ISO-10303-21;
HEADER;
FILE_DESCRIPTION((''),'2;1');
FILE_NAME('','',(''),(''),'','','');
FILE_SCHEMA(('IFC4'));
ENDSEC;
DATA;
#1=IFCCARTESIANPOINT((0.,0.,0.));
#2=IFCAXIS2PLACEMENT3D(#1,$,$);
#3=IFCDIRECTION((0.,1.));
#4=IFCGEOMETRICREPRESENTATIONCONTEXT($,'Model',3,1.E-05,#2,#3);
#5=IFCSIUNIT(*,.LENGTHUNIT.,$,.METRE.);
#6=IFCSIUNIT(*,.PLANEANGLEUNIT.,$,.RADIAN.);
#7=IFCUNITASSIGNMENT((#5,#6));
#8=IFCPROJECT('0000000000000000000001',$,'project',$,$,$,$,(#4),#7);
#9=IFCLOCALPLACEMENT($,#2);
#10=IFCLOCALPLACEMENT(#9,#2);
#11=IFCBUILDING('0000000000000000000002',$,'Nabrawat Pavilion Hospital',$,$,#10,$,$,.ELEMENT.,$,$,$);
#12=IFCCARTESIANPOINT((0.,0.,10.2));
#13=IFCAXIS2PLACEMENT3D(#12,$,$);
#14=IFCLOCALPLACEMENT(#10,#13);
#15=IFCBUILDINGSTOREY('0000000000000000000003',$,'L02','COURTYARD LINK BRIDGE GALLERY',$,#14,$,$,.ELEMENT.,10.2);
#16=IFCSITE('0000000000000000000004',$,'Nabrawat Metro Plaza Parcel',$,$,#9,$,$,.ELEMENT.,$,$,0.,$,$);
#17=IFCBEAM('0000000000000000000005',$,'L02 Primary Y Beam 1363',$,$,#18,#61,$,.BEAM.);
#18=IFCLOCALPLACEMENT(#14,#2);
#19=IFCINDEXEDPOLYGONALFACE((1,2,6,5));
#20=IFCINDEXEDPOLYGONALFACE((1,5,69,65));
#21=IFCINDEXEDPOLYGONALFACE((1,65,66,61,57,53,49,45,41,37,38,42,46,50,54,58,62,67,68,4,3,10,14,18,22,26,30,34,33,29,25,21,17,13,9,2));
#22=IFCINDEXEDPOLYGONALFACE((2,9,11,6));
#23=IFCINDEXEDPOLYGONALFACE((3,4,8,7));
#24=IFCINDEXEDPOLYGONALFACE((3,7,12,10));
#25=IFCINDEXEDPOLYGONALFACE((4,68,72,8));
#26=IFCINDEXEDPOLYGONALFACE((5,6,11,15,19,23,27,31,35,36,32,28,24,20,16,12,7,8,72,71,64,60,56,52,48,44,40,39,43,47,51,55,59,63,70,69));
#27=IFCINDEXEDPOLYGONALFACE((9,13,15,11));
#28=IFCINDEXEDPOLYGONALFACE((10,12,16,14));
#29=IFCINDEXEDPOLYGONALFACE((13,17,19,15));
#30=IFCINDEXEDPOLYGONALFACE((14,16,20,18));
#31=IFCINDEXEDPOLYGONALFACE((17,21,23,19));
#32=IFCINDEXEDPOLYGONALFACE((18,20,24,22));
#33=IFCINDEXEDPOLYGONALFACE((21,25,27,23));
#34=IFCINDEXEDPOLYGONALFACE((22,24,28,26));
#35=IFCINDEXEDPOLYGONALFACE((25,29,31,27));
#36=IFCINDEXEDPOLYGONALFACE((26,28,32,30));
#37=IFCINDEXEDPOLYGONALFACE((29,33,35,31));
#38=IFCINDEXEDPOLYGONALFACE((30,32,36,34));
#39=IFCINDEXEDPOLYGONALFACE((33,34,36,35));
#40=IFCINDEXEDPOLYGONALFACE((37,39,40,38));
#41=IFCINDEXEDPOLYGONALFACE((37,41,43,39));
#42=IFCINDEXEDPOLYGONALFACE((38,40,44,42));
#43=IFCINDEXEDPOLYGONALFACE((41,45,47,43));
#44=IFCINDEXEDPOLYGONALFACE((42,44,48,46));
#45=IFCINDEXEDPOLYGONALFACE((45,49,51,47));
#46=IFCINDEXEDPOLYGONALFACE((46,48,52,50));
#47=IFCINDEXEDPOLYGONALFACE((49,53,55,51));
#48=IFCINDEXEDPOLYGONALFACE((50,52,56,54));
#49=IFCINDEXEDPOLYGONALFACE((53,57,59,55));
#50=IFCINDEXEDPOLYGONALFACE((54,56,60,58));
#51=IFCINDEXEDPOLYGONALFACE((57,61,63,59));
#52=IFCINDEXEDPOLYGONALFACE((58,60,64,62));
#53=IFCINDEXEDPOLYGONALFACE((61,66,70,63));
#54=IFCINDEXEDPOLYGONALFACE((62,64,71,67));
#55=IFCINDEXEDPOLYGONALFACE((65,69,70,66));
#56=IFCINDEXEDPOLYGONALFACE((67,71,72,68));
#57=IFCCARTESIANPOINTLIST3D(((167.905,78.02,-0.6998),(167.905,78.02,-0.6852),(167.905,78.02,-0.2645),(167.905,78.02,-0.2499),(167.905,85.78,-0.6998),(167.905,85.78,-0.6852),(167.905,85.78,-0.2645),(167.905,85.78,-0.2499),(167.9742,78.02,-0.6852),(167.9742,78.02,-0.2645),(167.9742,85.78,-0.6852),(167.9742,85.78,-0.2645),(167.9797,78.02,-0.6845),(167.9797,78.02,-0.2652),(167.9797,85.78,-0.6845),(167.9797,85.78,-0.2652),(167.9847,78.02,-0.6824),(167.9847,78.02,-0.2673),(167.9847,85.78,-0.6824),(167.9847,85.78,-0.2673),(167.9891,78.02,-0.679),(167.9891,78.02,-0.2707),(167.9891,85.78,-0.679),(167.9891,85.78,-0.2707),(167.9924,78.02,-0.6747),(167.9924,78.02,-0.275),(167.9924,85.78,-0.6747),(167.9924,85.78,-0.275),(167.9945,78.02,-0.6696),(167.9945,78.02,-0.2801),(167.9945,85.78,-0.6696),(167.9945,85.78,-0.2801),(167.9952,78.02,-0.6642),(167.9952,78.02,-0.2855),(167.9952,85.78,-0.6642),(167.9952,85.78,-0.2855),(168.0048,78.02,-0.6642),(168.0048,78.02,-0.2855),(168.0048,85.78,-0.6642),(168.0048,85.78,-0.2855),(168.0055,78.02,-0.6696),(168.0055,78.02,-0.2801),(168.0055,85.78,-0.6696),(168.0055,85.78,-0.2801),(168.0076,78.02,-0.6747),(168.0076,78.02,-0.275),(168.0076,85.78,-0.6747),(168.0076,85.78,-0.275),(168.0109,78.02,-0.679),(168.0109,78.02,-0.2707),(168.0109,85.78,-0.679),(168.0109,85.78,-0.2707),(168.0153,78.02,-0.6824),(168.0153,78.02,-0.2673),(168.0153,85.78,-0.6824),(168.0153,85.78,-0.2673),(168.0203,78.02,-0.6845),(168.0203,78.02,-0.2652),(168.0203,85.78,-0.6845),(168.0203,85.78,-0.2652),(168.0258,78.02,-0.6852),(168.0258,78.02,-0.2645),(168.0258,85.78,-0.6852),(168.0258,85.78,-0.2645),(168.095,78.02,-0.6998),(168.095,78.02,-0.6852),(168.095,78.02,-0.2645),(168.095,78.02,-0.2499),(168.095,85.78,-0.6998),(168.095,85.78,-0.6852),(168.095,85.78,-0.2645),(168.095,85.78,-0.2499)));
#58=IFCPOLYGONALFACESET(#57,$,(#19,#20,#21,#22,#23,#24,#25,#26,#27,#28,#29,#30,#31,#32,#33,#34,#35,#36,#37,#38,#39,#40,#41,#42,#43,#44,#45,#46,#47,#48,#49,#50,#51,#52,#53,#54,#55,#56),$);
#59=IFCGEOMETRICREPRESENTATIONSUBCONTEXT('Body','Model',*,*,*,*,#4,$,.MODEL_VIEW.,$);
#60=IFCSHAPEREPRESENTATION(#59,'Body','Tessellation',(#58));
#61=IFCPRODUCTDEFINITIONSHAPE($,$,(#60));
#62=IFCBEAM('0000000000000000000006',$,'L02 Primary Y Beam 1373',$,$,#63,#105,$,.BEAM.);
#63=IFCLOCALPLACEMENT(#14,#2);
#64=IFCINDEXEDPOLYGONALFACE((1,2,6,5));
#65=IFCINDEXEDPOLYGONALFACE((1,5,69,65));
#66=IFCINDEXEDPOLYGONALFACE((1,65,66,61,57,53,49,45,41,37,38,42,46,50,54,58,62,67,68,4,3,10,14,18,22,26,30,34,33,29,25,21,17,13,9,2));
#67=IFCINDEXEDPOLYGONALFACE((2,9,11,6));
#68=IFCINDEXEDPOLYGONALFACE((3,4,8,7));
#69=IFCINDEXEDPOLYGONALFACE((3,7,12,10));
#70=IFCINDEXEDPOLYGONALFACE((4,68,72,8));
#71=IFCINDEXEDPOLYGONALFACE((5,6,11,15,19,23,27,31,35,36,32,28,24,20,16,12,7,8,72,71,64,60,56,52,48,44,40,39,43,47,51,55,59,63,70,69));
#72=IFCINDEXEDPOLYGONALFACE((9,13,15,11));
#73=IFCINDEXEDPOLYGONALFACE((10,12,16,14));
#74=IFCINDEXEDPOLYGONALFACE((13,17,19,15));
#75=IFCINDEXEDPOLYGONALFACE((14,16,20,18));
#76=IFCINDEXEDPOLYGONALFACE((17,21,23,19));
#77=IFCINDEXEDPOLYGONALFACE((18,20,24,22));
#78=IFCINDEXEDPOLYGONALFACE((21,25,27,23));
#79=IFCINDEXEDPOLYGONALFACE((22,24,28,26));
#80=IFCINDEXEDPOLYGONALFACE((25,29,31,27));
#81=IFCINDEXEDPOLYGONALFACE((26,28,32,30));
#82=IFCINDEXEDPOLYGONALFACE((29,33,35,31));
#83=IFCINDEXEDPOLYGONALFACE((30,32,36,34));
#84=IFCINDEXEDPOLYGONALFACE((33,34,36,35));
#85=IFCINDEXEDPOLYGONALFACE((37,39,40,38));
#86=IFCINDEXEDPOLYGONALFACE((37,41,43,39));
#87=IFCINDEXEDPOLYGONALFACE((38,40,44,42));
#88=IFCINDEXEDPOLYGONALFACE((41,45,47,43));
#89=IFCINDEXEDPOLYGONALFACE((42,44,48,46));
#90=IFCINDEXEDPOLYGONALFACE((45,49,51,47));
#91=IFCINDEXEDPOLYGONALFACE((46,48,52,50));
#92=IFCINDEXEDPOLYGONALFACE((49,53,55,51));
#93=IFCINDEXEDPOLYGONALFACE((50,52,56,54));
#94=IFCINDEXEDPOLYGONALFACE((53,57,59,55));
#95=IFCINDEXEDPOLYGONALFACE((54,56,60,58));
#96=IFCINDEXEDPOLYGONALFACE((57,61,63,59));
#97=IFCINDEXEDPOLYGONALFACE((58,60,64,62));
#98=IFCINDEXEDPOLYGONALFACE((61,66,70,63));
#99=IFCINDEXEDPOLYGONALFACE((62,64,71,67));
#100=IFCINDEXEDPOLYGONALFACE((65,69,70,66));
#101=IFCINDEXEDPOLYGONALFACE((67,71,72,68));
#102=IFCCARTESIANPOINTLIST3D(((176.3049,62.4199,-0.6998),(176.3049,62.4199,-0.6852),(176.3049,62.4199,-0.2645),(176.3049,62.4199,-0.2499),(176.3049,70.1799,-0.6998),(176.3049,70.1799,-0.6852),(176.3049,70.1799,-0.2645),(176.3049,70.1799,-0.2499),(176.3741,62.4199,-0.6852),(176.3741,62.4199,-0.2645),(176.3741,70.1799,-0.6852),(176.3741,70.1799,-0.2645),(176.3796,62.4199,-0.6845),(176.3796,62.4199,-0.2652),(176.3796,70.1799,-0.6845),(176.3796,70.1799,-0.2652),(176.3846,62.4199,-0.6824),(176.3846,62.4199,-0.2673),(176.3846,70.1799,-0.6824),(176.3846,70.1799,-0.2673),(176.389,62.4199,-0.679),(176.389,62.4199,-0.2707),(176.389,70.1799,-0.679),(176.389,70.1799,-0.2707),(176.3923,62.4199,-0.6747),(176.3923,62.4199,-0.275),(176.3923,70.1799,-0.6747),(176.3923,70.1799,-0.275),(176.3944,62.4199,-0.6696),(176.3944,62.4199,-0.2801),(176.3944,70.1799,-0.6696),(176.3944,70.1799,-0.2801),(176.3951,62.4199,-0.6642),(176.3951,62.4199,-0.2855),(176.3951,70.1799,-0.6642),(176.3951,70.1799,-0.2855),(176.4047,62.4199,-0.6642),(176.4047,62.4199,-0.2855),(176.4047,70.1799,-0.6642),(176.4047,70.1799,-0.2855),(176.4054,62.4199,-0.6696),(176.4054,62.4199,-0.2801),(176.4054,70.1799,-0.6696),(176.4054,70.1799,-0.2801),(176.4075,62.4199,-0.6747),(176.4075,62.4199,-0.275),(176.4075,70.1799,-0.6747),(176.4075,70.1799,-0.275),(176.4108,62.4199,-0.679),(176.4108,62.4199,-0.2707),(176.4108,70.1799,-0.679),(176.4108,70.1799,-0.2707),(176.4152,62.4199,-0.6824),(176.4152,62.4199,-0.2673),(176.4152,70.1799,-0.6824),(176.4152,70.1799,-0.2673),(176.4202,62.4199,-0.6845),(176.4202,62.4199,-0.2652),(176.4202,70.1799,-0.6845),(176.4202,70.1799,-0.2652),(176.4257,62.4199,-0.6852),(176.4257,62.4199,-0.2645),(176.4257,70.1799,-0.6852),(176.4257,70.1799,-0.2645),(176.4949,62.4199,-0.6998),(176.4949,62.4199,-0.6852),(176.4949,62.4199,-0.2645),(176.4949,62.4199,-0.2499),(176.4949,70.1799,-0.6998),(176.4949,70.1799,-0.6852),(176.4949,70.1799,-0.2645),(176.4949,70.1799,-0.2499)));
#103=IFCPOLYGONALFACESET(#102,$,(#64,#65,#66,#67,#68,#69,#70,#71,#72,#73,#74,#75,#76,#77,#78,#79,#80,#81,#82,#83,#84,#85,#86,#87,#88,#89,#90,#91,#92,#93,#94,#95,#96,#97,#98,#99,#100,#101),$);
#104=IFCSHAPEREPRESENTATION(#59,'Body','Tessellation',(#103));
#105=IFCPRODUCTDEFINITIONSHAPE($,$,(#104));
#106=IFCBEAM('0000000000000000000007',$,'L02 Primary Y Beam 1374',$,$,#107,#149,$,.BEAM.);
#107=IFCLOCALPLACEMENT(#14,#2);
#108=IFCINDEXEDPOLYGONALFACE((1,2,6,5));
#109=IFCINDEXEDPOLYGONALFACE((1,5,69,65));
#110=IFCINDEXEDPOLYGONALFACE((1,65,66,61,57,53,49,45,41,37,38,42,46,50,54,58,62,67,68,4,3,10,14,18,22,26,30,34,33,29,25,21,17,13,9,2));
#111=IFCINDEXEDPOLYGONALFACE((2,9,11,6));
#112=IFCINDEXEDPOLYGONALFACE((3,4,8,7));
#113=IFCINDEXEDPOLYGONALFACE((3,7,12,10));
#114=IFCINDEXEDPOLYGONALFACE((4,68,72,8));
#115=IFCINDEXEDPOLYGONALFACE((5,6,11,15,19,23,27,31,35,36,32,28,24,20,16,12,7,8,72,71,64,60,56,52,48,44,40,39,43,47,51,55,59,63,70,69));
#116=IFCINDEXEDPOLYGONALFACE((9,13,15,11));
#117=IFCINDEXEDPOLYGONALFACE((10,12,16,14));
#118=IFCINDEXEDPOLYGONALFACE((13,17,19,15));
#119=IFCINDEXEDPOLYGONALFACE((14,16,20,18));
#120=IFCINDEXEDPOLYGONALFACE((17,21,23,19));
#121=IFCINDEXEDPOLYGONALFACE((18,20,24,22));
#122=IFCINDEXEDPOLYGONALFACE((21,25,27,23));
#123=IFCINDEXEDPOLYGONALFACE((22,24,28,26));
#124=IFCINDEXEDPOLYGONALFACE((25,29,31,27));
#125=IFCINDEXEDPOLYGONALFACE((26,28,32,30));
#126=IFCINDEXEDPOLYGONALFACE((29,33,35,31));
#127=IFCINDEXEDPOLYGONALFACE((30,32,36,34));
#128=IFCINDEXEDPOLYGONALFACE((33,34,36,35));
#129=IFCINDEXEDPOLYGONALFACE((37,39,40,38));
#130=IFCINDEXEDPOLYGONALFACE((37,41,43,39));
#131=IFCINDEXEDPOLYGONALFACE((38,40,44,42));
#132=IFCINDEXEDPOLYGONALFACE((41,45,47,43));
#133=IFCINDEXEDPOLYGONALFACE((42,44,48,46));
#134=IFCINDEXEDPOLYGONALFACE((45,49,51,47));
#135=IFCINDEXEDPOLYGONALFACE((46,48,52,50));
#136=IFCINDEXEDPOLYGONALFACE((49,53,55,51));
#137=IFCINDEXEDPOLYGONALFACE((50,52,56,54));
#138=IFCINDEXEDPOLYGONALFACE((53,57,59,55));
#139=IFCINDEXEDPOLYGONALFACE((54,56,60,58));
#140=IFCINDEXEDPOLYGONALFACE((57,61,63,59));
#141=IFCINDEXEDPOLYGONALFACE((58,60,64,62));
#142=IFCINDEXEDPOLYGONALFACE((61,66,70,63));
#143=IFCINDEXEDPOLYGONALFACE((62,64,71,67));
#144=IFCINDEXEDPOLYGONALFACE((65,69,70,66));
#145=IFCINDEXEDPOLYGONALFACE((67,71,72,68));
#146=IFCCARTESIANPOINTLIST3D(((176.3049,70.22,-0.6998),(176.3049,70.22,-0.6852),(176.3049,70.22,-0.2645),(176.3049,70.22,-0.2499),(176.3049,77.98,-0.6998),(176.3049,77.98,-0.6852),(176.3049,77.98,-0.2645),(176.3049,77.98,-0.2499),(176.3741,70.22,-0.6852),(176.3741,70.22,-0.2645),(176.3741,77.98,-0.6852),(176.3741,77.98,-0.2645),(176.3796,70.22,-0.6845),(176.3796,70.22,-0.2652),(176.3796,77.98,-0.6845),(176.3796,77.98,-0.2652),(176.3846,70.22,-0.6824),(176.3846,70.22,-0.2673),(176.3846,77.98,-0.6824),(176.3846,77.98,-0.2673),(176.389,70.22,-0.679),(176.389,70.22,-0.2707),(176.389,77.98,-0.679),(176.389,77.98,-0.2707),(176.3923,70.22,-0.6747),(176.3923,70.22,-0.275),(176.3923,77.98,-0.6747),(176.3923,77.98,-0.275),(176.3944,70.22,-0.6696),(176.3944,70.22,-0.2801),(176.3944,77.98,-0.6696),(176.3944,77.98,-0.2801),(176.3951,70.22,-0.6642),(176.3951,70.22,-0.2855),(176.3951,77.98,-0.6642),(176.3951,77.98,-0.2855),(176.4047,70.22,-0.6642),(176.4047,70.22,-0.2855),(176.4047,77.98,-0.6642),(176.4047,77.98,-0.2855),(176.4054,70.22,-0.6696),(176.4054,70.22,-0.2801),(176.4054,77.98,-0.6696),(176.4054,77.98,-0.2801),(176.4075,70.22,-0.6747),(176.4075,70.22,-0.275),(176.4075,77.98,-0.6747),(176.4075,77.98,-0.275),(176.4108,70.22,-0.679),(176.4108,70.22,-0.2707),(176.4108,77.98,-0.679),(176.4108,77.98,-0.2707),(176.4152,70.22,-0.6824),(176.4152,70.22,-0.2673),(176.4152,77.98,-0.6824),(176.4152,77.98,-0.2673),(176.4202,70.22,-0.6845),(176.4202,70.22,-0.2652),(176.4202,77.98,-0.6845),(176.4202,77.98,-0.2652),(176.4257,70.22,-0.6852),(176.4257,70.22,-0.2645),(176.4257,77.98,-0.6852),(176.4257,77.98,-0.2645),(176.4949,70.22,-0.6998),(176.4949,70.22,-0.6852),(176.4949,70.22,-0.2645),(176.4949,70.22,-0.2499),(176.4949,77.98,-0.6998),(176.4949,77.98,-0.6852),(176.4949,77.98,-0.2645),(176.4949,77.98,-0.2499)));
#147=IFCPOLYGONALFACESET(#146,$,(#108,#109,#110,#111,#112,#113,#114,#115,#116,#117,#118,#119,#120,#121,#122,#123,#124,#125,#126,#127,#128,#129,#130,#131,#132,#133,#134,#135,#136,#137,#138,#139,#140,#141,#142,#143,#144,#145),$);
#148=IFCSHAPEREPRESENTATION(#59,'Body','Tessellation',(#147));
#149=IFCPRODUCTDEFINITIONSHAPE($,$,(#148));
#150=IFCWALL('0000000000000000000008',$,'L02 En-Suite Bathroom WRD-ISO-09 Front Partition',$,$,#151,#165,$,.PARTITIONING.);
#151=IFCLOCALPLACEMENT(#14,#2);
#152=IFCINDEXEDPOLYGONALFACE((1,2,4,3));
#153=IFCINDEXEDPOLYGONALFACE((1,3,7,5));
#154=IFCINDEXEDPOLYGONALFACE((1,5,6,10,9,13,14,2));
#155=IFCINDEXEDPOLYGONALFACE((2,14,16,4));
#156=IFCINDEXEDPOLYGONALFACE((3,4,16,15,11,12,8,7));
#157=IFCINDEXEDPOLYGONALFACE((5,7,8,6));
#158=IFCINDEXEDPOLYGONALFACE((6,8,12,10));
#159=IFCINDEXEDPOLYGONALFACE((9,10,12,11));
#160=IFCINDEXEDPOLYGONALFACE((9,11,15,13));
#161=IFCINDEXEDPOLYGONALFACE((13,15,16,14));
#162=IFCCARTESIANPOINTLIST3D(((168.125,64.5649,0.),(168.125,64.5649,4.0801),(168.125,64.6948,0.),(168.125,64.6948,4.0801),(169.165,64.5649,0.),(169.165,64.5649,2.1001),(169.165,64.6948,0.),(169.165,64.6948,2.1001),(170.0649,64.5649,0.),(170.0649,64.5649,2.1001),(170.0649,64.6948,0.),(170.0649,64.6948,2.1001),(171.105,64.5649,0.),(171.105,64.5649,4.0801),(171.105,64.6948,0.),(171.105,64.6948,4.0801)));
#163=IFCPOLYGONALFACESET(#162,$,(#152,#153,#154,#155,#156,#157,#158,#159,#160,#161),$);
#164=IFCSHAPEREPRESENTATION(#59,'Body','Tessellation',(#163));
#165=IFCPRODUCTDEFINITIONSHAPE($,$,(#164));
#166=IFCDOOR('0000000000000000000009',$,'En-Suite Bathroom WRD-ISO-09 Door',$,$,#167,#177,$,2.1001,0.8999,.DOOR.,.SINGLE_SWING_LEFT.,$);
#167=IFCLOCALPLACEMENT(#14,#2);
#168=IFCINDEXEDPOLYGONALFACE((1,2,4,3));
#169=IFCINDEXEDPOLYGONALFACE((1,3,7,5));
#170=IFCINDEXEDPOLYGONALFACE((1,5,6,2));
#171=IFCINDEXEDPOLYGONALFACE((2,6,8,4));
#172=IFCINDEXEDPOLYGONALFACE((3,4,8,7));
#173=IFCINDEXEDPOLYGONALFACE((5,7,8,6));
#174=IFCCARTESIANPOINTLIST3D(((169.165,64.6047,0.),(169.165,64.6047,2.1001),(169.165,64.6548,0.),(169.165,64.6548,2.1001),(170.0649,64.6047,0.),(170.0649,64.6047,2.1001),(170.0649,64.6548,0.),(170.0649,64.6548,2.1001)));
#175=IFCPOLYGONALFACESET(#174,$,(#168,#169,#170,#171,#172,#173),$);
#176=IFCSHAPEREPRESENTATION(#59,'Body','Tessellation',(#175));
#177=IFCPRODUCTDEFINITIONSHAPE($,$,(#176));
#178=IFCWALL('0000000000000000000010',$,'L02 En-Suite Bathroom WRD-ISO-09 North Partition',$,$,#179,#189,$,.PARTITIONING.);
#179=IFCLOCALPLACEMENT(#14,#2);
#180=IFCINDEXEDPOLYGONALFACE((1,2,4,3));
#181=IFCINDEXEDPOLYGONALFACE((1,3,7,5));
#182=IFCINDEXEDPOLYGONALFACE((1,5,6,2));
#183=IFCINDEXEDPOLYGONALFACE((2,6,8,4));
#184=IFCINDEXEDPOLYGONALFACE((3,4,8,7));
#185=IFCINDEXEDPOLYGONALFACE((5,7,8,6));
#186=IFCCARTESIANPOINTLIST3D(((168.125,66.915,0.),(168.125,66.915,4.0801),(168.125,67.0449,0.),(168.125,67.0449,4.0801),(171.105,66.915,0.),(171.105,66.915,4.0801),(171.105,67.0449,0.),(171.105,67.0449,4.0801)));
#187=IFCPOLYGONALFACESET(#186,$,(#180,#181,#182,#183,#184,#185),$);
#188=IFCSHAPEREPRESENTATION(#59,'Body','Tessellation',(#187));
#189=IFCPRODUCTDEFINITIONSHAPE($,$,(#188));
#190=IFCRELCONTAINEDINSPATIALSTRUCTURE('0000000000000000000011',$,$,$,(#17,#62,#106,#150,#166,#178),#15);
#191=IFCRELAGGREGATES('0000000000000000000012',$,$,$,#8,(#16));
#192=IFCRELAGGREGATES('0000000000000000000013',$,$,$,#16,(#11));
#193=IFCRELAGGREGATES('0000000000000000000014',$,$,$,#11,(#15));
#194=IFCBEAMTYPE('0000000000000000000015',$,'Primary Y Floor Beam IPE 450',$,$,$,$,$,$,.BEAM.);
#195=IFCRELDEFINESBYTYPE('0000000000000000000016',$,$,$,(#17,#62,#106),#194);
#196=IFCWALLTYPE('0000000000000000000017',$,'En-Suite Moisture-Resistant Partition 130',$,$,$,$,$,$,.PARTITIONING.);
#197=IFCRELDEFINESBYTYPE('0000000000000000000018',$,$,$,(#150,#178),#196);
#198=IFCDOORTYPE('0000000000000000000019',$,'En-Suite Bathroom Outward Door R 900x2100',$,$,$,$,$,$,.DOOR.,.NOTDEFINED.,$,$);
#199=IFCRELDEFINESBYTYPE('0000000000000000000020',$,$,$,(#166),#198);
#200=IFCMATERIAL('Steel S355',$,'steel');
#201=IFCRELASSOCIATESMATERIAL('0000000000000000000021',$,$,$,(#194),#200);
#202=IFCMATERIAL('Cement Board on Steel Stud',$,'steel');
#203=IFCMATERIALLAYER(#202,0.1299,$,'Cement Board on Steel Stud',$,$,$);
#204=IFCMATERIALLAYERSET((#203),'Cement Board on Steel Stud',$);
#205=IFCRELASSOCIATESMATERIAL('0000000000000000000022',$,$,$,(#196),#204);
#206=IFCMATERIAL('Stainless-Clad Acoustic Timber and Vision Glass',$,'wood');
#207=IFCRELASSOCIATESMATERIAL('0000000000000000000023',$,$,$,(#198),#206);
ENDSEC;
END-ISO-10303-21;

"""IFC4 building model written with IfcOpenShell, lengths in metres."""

from ifc_helpers import new_model, si_unit, direction, frame, frame_2d, origin, origin_2d, place, context, subcontext, project, spatial, rectangle, i_section, extrude, material, layer, layer_set, material_profile, profile_set, type_object, element, fill, save


model = new_model("IFC4")

# Units and contexts
model_context = context("Model", 3, precision=1e-05, world=origin(), true_north=direction((0.0, 1.0)))
body_context = subcontext(model_context, "Body", "Model", "MODEL_VIEW")
ifc_project = project(units=[si_unit("LENGTHUNIT", "METRE"), si_unit("PLANEANGLEUNIT", "RADIAN")], contexts=[model_context])

# Site, building, storey
site_placement = place(None, origin())
site = spatial("IfcSite", under=ifc_project, at=site_placement, Name="Nabrawat Metro Plaza Parcel", CompositionType="ELEMENT", RefElevation=0.0)
building_placement = place(site_placement, origin())
building = spatial("IfcBuilding", under=site, at=building_placement, Name="Nabrawat Pavilion Hospital", CompositionType="ELEMENT")
storey_placement = place(building_placement, frame((0.0, 0.0, 10.2)))
storey = spatial("IfcBuildingStorey", under=building, at=storey_placement, Name="L02", Description="COURTYARD LINK BRIDGE GALLERY", CompositionType="ELEMENT", Elevation=10.2)

# Shared definitions
ifc_material_1 = material(Name="Steel S355", Category="steel")

# Beams
ifc_material_profile_1 = material_profile(ifc_material_1, i_section(OverallWidth=0.1899, OverallDepth=0.45, WebThickness=0.0095, FlangeThickness=0.0146, FilletRadius=0.021, at=origin_2d()), Name="IPE 450")
ifc_profile_set_1 = profile_set([ifc_material_profile_1], Name="Steel S355")
beam_type_1 = type_object("IfcBeamType", Name="Primary Y Floor Beam IPE 450", PredefinedType="BEAM", material=ifc_profile_set_1)
for number, where, z_axis, x_axis, name in (
    (1, (168.0, 78.02, -0.4749), (0.0, 1.0, 0.0), (-1.0, 0.0, 0.0), "L02 Primary Y Beam 1363"),
    (2, (176.3999, 62.4199, -0.4749), (0.0, 1.0, 0.0), (-1.0, 0.0, 0.0), "L02 Primary Y Beam 1373"),
    (3, (176.3999, 70.22, -0.4749), (0.0, 1.0, 0.0), (-1.0, 0.0, 0.0), "L02 Primary Y Beam 1374"),
):
    element("IfcBeam", number, at=place(storey_placement, frame(where, z_axis=z_axis, x_axis=x_axis)), inside=storey, type_object=beam_type_1, Name=name, PredefinedType="BEAM", context=body_context, shape_type="SweptSolid", body=[
        extrude(i_section(OverallWidth=0.1899, OverallDepth=0.45, WebThickness=0.0095, FlangeThickness=0.0146, FilletRadius=0.021, at=origin_2d()), origin(), (0.0, 0.0, 1.0), 7.76),
    ])

# Wall, opening, door
ifc_material_2 = material(Name="Cement Board on Steel Stud", Category="steel")
ifc_layer_1 = layer(ifc_material_2, 0.1299, Name="Cement Board on Steel Stud")
ifc_layer_set_1 = layer_set([ifc_layer_1], Name="Cement Board on Steel Stud")
wall_type_1 = type_object("IfcWallType", Name="En-Suite Moisture-Resistant Partition 130", PredefinedType="PARTITIONING", material=ifc_layer_set_1)
wall_1_placement = place(storey_placement, frame((168.125, 64.6299, 0.0), z_axis=(0.0, 0.0, 1.0), x_axis=(1.0, 0.0, 0.0)))
wall_1 = element("IfcWall", 4, at=wall_1_placement, inside=storey, type_object=wall_type_1, Name="L02 En-Suite Bathroom WRD-ISO-09 Front Partition", PredefinedType="PARTITIONING", context=body_context, shape_type="SweptSolid", body=[
    extrude(rectangle(XDim=2.98, YDim=0.1299, at=frame_2d((1.49, 0.0))), origin(), (0.0, 0.0, 1.0), 4.0801),
])
opening_1_placement = place(wall_1_placement, frame((1.04, 0.0, 0.0)))
opening_1 = element("IfcOpeningElement", 5, at=opening_1_placement, cuts=wall_1, PredefinedType="OPENING", context=body_context, shape_type="SweptSolid", body=[
    extrude(rectangle(XDim=0.8999, YDim=2.1001, at=frame_2d((0.45, 1.05))), frame((0.0, 0.075, 0.0), z_axis=(0.0, -1.0, 0.0), x_axis=(1.0, 0.0, 0.0)), (0.0, 0.0, 1.0), 0.1499),
])
ifc_material_3 = material(Name="Stainless-Clad Acoustic Timber and Vision Glass", Category="wood")
door_type_1 = type_object("IfcDoorType", Name="En-Suite Bathroom Outward Door R 900x2100", OperationType="NOTDEFINED", PredefinedType="DOOR", material=ifc_material_3)
door_1_placement = place(opening_1_placement, origin())
door_1 = element("IfcDoor", 6, at=door_1_placement, inside=storey, type_object=door_type_1, Name="En-Suite Bathroom WRD-ISO-09 Door", OperationType="SINGLE_SWING_LEFT", OverallHeight=2.1001, OverallWidth=0.8999, PredefinedType="DOOR", context=body_context, shape_type="SweptSolid", body=[
    extrude(rectangle(XDim=0.8999, YDim=2.1001, at=frame_2d((0.45, 1.05))), frame((0.0, 0.0249, 0.0), z_axis=(0.0, -1.0, 0.0), x_axis=(1.0, 0.0, 0.0)), (0.0, 0.0, 1.0), 0.05),
])
fill(opening_1, door_1)

# Wall
wall_2_placement = place(storey_placement, frame((168.125, 66.98, 0.0), z_axis=(0.0, 0.0, 1.0), x_axis=(1.0, 0.0, 0.0)))
element("IfcWall", 7, at=wall_2_placement, inside=storey, type_object=wall_type_1, Name="L02 En-Suite Bathroom WRD-ISO-09 North Partition", PredefinedType="PARTITIONING", context=body_context, shape_type="SweptSolid", body=[
    extrude(rectangle(XDim=2.98, YDim=0.1299, at=frame_2d((1.49, 0.0))), origin(), (0.0, 0.0, 1.0), 4.0801),
])

save(model, "model.ifc")
